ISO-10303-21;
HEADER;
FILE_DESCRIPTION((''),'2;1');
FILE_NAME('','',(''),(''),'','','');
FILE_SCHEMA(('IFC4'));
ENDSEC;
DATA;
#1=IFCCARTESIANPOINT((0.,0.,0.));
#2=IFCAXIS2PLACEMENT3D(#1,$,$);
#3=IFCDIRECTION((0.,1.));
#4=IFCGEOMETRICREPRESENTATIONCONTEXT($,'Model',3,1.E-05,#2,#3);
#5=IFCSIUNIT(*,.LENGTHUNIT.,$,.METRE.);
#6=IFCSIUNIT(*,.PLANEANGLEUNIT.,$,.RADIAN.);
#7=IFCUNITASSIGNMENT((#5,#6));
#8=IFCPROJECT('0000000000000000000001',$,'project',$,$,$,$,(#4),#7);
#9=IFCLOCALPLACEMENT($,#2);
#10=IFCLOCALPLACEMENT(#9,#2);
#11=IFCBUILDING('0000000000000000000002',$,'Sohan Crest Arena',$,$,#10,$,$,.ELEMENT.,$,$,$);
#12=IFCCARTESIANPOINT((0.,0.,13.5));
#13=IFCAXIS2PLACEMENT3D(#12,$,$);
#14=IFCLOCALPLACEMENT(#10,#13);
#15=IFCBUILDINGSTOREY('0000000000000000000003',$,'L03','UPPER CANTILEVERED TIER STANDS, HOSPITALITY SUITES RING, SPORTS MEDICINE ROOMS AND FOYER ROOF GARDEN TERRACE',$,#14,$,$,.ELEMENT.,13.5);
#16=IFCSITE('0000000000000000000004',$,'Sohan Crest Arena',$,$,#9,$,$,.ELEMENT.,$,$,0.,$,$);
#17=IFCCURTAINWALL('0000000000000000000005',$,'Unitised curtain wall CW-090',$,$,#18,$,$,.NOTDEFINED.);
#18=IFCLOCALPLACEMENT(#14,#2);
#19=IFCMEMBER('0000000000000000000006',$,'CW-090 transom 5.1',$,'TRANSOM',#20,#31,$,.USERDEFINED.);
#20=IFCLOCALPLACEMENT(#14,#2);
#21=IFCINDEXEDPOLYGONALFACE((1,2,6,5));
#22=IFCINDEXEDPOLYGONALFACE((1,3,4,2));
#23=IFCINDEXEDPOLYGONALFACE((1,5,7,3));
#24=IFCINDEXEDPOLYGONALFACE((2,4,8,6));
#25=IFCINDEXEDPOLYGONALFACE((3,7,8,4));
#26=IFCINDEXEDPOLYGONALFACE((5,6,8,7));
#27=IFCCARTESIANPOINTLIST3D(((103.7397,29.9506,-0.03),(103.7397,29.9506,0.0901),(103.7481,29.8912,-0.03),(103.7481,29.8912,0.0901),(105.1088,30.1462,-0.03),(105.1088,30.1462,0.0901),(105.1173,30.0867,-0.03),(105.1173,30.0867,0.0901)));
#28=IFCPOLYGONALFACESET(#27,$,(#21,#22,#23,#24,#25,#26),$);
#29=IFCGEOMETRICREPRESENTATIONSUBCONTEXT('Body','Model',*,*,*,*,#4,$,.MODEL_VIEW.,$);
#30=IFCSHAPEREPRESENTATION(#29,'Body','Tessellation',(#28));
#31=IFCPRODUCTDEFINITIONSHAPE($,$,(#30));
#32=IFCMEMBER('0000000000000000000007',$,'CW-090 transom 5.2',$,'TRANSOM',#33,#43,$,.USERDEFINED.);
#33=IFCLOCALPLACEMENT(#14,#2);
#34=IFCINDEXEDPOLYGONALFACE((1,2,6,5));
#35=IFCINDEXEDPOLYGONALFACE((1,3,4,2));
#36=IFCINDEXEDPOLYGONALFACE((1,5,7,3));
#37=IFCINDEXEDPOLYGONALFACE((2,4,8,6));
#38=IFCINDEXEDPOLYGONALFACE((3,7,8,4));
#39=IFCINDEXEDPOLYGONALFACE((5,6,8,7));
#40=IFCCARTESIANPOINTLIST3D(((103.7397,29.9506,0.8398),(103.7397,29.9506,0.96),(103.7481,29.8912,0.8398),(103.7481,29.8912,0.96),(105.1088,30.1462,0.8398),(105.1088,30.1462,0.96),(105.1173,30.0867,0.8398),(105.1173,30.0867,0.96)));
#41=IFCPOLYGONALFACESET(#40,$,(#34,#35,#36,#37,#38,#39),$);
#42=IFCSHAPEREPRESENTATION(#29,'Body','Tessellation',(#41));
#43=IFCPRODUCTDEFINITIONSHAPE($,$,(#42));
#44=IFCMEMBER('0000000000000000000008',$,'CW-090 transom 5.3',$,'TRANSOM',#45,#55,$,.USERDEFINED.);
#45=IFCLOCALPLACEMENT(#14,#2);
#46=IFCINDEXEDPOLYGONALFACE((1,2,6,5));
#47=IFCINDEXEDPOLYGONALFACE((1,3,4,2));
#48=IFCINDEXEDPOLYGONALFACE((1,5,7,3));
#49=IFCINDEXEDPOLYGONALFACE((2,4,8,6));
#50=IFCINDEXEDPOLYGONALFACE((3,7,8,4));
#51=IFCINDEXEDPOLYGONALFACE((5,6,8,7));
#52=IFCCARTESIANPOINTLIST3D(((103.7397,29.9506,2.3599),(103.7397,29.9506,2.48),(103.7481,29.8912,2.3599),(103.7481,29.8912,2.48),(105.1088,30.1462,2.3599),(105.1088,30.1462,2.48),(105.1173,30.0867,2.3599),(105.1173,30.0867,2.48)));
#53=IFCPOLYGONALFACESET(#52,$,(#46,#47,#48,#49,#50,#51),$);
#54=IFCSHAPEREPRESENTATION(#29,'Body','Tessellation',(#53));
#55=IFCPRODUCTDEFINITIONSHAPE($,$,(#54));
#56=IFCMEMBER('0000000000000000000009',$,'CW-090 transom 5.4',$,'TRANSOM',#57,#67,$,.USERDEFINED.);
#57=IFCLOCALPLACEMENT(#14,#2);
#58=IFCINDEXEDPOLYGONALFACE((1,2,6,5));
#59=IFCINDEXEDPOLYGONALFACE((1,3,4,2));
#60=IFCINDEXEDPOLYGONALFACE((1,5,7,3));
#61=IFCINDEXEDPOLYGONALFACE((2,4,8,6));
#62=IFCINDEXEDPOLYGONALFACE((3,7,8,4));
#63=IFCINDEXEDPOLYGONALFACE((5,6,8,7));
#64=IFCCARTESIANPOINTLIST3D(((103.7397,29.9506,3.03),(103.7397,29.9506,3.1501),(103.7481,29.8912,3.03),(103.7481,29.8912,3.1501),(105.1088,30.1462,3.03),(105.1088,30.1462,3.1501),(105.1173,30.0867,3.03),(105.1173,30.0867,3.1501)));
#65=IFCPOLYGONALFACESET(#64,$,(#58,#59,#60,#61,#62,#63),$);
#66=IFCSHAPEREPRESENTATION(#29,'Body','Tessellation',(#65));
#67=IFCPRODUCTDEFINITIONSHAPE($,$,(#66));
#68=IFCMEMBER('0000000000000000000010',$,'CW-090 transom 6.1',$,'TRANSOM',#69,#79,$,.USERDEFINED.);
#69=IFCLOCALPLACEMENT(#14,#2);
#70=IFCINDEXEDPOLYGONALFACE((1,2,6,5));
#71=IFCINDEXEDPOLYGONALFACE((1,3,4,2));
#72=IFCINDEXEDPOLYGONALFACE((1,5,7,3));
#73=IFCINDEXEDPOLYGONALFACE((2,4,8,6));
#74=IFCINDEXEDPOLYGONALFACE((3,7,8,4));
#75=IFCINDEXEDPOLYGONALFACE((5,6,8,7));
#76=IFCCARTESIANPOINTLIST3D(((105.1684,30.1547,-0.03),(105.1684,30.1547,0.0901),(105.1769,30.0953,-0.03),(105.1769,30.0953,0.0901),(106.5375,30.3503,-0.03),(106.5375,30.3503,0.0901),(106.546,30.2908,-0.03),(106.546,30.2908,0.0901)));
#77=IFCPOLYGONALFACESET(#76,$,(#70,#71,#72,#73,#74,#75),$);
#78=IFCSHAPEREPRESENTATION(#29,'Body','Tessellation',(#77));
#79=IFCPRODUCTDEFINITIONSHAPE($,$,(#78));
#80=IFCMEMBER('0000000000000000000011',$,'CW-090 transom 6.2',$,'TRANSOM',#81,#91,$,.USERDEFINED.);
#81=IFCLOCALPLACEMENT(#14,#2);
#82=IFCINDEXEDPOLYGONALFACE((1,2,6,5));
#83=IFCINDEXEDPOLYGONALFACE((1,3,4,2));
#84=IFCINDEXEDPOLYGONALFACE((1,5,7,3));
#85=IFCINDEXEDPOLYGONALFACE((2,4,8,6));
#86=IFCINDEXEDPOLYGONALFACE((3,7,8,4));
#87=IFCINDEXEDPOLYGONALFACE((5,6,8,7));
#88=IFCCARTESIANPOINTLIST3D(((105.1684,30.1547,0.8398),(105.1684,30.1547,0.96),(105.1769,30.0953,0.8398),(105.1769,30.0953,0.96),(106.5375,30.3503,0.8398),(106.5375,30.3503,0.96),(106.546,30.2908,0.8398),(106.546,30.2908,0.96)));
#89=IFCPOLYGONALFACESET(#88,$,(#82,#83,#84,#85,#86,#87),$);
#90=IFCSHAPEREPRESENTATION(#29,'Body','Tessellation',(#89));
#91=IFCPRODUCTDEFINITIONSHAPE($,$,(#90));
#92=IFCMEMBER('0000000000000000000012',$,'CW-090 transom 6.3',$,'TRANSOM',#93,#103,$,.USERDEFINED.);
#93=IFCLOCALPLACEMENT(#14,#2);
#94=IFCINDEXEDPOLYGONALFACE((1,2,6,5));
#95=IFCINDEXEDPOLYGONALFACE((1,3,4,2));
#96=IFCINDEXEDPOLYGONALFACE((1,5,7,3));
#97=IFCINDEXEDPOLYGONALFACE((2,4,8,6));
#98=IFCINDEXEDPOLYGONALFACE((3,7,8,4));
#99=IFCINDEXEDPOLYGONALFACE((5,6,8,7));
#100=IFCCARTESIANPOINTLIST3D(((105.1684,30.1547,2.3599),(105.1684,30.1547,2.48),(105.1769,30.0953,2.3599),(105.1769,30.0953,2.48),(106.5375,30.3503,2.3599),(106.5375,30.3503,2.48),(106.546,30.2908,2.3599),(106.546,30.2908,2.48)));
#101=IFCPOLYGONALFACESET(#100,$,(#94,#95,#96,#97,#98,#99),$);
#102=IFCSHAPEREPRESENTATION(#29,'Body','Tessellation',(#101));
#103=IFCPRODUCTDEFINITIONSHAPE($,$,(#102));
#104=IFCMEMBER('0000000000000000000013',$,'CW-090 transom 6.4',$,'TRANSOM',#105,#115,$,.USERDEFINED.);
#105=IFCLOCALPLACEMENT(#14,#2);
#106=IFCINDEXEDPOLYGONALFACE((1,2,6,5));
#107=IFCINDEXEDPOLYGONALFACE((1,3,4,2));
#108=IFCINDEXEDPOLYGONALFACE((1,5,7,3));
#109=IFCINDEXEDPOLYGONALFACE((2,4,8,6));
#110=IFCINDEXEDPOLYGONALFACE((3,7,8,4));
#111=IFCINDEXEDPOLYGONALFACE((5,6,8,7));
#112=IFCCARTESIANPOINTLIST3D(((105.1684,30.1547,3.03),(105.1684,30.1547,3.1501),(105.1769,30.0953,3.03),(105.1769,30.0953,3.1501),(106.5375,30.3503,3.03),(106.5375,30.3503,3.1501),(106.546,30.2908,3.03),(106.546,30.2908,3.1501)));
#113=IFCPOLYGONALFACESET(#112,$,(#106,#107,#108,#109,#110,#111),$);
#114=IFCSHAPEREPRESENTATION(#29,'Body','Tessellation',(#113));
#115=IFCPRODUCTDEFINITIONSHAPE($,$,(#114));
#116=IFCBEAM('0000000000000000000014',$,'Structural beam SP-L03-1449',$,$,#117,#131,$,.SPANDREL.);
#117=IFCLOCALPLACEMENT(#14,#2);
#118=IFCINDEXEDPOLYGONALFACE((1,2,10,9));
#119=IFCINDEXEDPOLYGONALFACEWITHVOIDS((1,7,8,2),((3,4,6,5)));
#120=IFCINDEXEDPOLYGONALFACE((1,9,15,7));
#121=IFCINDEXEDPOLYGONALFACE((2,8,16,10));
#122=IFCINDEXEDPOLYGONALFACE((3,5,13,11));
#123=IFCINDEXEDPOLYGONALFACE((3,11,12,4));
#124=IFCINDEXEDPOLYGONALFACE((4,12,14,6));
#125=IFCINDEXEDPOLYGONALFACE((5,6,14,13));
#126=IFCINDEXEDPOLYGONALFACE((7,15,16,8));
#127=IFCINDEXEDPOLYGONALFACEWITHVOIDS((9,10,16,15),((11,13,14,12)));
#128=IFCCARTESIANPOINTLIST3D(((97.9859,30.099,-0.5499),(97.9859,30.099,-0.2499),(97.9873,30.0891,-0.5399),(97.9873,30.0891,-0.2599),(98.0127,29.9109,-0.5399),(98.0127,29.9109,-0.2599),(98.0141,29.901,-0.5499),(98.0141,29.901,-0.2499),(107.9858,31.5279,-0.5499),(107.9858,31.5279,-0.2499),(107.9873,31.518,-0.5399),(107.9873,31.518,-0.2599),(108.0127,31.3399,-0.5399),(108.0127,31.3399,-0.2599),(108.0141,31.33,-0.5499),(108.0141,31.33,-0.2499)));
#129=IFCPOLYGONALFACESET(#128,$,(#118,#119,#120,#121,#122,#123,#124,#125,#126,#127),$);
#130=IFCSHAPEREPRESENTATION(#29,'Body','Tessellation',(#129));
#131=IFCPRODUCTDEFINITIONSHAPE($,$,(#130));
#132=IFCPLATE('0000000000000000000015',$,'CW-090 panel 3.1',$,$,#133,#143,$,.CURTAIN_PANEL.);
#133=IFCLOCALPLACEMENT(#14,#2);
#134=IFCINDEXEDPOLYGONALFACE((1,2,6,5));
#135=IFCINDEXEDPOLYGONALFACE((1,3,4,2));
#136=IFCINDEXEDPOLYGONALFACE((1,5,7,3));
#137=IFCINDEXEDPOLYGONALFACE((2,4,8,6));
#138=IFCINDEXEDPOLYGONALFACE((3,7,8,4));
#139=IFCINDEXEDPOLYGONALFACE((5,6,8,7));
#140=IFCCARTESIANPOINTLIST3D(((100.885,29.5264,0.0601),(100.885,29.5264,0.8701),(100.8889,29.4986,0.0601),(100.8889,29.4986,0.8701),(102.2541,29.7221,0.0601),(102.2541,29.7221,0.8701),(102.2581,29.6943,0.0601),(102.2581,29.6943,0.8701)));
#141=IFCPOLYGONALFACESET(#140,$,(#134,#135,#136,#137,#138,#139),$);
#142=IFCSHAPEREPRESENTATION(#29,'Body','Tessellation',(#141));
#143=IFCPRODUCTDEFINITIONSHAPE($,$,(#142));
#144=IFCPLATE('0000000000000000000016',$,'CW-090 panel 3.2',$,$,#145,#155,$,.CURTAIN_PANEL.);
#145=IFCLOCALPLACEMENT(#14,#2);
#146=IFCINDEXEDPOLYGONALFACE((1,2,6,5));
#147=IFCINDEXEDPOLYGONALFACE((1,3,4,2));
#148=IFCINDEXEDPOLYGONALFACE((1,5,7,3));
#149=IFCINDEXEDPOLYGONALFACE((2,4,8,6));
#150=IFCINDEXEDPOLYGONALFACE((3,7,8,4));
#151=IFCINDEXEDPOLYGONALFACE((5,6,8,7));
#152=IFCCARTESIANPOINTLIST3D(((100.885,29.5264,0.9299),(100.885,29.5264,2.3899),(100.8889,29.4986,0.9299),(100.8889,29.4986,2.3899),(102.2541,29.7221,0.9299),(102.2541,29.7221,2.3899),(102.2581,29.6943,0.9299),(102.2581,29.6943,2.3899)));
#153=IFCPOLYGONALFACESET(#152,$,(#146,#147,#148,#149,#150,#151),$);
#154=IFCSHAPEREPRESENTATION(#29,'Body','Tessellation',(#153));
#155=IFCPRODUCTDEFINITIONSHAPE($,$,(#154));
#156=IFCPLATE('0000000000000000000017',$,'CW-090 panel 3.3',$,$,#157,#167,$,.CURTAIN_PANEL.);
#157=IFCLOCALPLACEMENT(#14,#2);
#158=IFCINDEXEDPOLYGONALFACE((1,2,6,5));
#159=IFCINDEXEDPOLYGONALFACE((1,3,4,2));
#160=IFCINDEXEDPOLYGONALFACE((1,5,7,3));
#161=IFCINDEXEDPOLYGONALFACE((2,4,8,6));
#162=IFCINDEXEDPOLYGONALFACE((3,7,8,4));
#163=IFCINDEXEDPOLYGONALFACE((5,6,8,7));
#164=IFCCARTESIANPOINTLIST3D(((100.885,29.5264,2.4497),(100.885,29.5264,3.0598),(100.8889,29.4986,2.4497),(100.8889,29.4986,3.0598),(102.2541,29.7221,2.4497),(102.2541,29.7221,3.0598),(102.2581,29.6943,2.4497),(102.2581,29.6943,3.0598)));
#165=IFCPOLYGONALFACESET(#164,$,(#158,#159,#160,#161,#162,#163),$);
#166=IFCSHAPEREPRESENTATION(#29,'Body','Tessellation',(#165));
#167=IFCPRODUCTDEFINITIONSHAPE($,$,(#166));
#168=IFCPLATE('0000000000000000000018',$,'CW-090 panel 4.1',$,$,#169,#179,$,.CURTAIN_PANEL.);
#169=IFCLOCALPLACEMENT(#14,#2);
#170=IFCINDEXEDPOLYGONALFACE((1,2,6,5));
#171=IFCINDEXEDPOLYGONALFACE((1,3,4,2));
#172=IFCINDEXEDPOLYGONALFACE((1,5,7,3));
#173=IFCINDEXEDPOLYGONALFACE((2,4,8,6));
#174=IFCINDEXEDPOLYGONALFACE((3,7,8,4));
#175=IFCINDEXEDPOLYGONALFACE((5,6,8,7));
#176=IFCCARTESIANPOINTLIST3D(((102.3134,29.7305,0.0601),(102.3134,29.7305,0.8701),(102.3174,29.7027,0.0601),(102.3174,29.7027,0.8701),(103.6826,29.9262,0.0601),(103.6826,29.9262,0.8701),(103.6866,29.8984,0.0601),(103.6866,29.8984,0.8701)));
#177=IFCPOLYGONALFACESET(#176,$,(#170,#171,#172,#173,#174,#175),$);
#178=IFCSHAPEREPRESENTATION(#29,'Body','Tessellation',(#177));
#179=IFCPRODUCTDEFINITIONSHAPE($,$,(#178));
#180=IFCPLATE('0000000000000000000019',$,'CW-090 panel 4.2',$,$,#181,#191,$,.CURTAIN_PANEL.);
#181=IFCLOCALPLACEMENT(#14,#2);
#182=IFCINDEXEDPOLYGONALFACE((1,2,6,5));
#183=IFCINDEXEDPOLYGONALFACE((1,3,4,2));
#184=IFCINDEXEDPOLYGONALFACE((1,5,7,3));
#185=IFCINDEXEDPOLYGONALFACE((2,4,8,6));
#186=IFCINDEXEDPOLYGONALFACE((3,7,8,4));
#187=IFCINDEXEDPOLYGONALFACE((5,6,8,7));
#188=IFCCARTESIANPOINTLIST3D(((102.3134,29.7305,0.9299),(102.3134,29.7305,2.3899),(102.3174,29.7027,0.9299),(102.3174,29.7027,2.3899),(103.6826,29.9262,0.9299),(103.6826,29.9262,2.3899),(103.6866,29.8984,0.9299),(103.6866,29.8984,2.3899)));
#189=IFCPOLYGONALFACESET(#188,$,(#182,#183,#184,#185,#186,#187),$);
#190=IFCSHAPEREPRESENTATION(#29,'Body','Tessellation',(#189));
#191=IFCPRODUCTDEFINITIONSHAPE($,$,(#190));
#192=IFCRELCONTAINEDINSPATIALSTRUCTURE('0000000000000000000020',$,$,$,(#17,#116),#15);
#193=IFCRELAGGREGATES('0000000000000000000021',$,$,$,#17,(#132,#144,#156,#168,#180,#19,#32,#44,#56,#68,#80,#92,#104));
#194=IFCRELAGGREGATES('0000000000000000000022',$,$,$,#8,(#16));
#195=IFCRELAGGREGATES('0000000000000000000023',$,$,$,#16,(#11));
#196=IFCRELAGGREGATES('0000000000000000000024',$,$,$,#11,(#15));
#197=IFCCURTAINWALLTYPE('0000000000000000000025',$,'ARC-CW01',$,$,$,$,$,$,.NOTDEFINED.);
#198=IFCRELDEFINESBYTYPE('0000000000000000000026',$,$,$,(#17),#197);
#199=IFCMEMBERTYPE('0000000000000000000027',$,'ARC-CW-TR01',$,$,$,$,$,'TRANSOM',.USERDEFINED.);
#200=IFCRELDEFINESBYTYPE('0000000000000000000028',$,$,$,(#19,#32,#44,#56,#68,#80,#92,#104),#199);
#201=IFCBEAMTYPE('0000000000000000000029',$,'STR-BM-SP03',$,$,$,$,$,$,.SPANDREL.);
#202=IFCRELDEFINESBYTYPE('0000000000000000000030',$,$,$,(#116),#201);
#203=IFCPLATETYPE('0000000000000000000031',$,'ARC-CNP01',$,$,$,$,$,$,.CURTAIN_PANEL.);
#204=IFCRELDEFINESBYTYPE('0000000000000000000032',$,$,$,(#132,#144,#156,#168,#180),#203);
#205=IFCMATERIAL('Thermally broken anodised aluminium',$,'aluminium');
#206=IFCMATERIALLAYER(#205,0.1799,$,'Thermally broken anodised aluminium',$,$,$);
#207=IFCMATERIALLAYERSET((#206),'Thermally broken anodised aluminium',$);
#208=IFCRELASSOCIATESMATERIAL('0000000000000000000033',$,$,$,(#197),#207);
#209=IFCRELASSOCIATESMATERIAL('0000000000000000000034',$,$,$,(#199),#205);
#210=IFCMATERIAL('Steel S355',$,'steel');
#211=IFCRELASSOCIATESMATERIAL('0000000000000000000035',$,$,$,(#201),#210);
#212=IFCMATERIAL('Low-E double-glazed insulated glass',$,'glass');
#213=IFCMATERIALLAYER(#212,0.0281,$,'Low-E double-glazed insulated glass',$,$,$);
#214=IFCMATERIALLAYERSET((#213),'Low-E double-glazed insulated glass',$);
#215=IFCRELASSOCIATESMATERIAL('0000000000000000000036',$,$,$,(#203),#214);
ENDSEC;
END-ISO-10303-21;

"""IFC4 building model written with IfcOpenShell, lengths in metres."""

from ifc_helpers import new_model, si_unit, direction, frame, origin, origin_2d, place, context, subcontext, project, spatial, rectangle, hollow_rectangle, extrude, material, layer, layer_set, material_profile, profile_set, type_object, element, aggregate, save


model = new_model("IFC4")

# Units and contexts
model_context = context("Model", 3, precision=1e-05, world=origin(), true_north=direction((0.0, 1.0)))
body_context = subcontext(model_context, "Body", "Model", "MODEL_VIEW")
ifc_project = project(units=[si_unit("LENGTHUNIT", "METRE"), si_unit("PLANEANGLEUNIT", "RADIAN")], contexts=[model_context])

# Site, building, storey
site_placement = place(None, origin())
site = spatial("IfcSite", under=ifc_project, at=site_placement, Name="Sohan Crest Arena", CompositionType="ELEMENT", RefElevation=0.0)
building_placement = place(site_placement, origin())
building = spatial("IfcBuilding", under=site, at=building_placement, Name="Sohan Crest Arena", CompositionType="ELEMENT")
storey_placement = place(building_placement, frame((0.0, 0.0, 13.5)))
storey = spatial("IfcBuildingStorey", under=building, at=storey_placement, Name="L03", Description="UPPER CANTILEVERED TIER STANDS, HOSPITALITY SUITES RING, SPORTS MEDICINE ROOMS AND FOYER ROOF GARDEN TERRACE", CompositionType="ELEMENT", Elevation=13.5)

# Shared definitions
ifc_material_1 = material(Name="Steel S355", Category="steel")

# Curtain wall, members
ifc_material_2 = material(Name="Thermally broken anodised aluminium", Category="aluminium")
ifc_layer_1 = layer(ifc_material_2, 0.1799, Name="Thermally broken anodised aluminium")
ifc_layer_set_1 = layer_set([ifc_layer_1], Name="Thermally broken anodised aluminium")
curtain_wall_type_1 = type_object("IfcCurtainWallType", Name="ARC-CW01", PredefinedType="NOTDEFINED", material=ifc_layer_set_1)
curtain_wall_1_placement = place(storey_placement, origin())
curtain_wall_1 = element("IfcCurtainWall", 1, at=curtain_wall_1_placement, inside=storey, type_object=curtain_wall_type_1, Name="Unitised curtain wall CW-090", PredefinedType="NOTDEFINED")
ifc_material_profile_1 = material_profile(ifc_material_2, rectangle(XDim=0.0601, YDim=0.1201, at=origin_2d()), Name="ALU-TRAN 60x120")
ifc_profile_set_1 = profile_set([ifc_material_profile_1], Name="Thermally broken anodised aluminium")
member_type_1 = type_object("IfcMemberType", Name="ARC-CW-TR01", ElementType="TRANSOM", PredefinedType="USERDEFINED", material=ifc_profile_set_1)
member_1_placement = place(storey_placement, frame((103.7439, 29.9209, 0.03), z_axis=(0.989953, 0.141397, 0.0), x_axis=(-0.141397, 0.989953, 0.0)))
member_1 = element("IfcMember", 2, at=member_1_placement, type_object=member_type_1, Name="CW-090 transom 5.1", ObjectType="TRANSOM", PredefinedType="USERDEFINED", context=body_context, shape_type="SweptSolid", body=[
    extrude(rectangle(XDim=0.0601, YDim=0.1201, at=origin_2d()), origin(), (0.0, 0.0, 1.0), 1.3831),
])
member_2_placement = place(storey_placement, frame((103.7439, 29.9209, 0.8999), z_axis=(0.989953, 0.141397, 0.0), x_axis=(-0.141397, 0.989953, 0.0)))
member_2 = element("IfcMember", 3, at=member_2_placement, type_object=member_type_1, Name="CW-090 transom 5.2", ObjectType="TRANSOM", PredefinedType="USERDEFINED", context=body_context, shape_type="SweptSolid", body=[
    extrude(rectangle(XDim=0.0601, YDim=0.1201, at=origin_2d()), origin(), (0.0, 0.0, 1.0), 1.3831),
])
member_3_placement = place(storey_placement, frame((103.7439, 29.9209, 2.4199), z_axis=(0.989953, 0.141397, 0.0), x_axis=(-0.141397, 0.989953, 0.0)))
member_3 = element("IfcMember", 4, at=member_3_placement, type_object=member_type_1, Name="CW-090 transom 5.3", ObjectType="TRANSOM", PredefinedType="USERDEFINED", context=body_context, shape_type="SweptSolid", body=[
    extrude(rectangle(XDim=0.0601, YDim=0.1201, at=origin_2d()), origin(), (0.0, 0.0, 1.0), 1.3831),
])
member_4_placement = place(storey_placement, frame((103.7439, 29.9209, 3.0901), z_axis=(0.989953, 0.141397, 0.0), x_axis=(-0.141397, 0.989953, 0.0)))
member_4 = element("IfcMember", 5, at=member_4_placement, type_object=member_type_1, Name="CW-090 transom 5.4", ObjectType="TRANSOM", PredefinedType="USERDEFINED", context=body_context, shape_type="SweptSolid", body=[
    extrude(rectangle(XDim=0.0601, YDim=0.1201, at=origin_2d()), origin(), (0.0, 0.0, 1.0), 1.3831),
])
member_5_placement = place(storey_placement, frame((105.1726, 30.125, 0.03), z_axis=(0.989953, 0.141397, 0.0), x_axis=(-0.141397, 0.989953, 0.0)))
member_5 = element("IfcMember", 6, at=member_5_placement, type_object=member_type_1, Name="CW-090 transom 6.1", ObjectType="TRANSOM", PredefinedType="USERDEFINED", context=body_context, shape_type="SweptSolid", body=[
    extrude(rectangle(XDim=0.0601, YDim=0.1201, at=origin_2d()), origin(), (0.0, 0.0, 1.0), 1.3831),
])
member_6_placement = place(storey_placement, frame((105.1726, 30.125, 0.8999), z_axis=(0.989953, 0.141397, 0.0), x_axis=(-0.141397, 0.989953, 0.0)))
member_6 = element("IfcMember", 7, at=member_6_placement, type_object=member_type_1, Name="CW-090 transom 6.2", ObjectType="TRANSOM", PredefinedType="USERDEFINED", context=body_context, shape_type="SweptSolid", body=[
    extrude(rectangle(XDim=0.0601, YDim=0.1201, at=origin_2d()), origin(), (0.0, 0.0, 1.0), 1.3831),
])
member_7_placement = place(storey_placement, frame((105.1726, 30.125, 2.4199), z_axis=(0.989953, 0.141397, 0.0), x_axis=(-0.141397, 0.989953, 0.0)))
member_7 = element("IfcMember", 8, at=member_7_placement, type_object=member_type_1, Name="CW-090 transom 6.3", ObjectType="TRANSOM", PredefinedType="USERDEFINED", context=body_context, shape_type="SweptSolid", body=[
    extrude(rectangle(XDim=0.0601, YDim=0.1201, at=origin_2d()), origin(), (0.0, 0.0, 1.0), 1.3831),
])
member_8_placement = place(storey_placement, frame((105.1726, 30.125, 3.0901), z_axis=(0.989953, 0.141397, 0.0), x_axis=(-0.141397, 0.989953, 0.0)))
member_8 = element("IfcMember", 9, at=member_8_placement, type_object=member_type_1, Name="CW-090 transom 6.4", ObjectType="TRANSOM", PredefinedType="USERDEFINED", context=body_context, shape_type="SweptSolid", body=[
    extrude(rectangle(XDim=0.0601, YDim=0.1201, at=origin_2d()), origin(), (0.0, 0.0, 1.0), 1.3831),
])

# Beam
ifc_material_profile_2 = material_profile(ifc_material_1, hollow_rectangle(XDim=0.2, YDim=0.3, WallThickness=0.01, at=origin_2d()), Name="RHS 300x200x10")
ifc_profile_set_2 = profile_set([ifc_material_profile_2], Name="Steel S355")
beam_type = type_object("IfcBeamType", Name="STR-BM-SP03", PredefinedType="SPANDREL", material=ifc_profile_set_2)
beam_placement = place(storey_placement, frame((98.0, 30.0, -0.3999), z_axis=(0.989944, 0.141459, 0.0), x_axis=(-0.141459, 0.989944, 0.0)))
element("IfcBeam", 10, at=beam_placement, inside=storey, type_object=beam_type, Name="Structural beam SP-L03-1449", PredefinedType="SPANDREL", context=body_context, shape_type="SweptSolid", body=[
    extrude(hollow_rectangle(XDim=0.2, YDim=0.3, WallThickness=0.01, at=origin_2d()), origin(), (0.0, 0.0, 1.0), 10.1016),
])

# Plates
ifc_material_3 = material(Name="Low-E double-glazed insulated glass", Category="glass")
ifc_layer_2 = layer(ifc_material_3, 0.0281, Name="Low-E double-glazed insulated glass")
ifc_layer_set_2 = layer_set([ifc_layer_2], Name="Low-E double-glazed insulated glass")
plate_type_1 = type_object("IfcPlateType", Name="ARC-CNP01", PredefinedType="CURTAIN_PANEL", material=ifc_layer_set_2)
plate_1_placement = place(storey_placement, frame((101.5715, 29.6104, 0.0601), z_axis=(0.0, 0.0, 1.0), x_axis=(0.989944, 0.141463, 0.0)))
plate_1 = element("IfcPlate", 11, at=plate_1_placement, type_object=plate_type_1, Name="CW-090 panel 3.1", PredefinedType="CURTAIN_PANEL", context=body_context, shape_type="SweptSolid", body=[
    extrude(rectangle(XDim=1.3831, YDim=0.0281, at=origin_2d()), origin(), (0.0, 0.0, 1.0), 0.8101),
])
plate_2_placement = place(storey_placement, frame((101.5715, 29.6104, 0.9299), z_axis=(0.0, 0.0, 1.0), x_axis=(0.989944, 0.141463, 0.0)))
plate_2 = element("IfcPlate", 12, at=plate_2_placement, type_object=plate_type_1, Name="CW-090 panel 3.2", PredefinedType="CURTAIN_PANEL", context=body_context, shape_type="SweptSolid", body=[
    extrude(rectangle(XDim=1.3831, YDim=0.0281, at=origin_2d()), origin(), (0.0, 0.0, 1.0), 1.46),
])
plate_3_placement = place(storey_placement, frame((101.5715, 29.6104, 2.4497), z_axis=(0.0, 0.0, 1.0), x_axis=(0.989944, 0.141463, 0.0)))
plate_3 = element("IfcPlate", 13, at=plate_3_placement, type_object=plate_type_1, Name="CW-090 panel 3.3", PredefinedType="CURTAIN_PANEL", context=body_context, shape_type="SweptSolid", body=[
    extrude(rectangle(XDim=1.3831, YDim=0.0281, at=origin_2d()), origin(), (0.0, 0.0, 1.0), 0.6101),
])
plate_4_placement = place(storey_placement, frame((103.0, 29.8145, 0.0601), z_axis=(0.0, 0.0, 1.0), x_axis=(0.989944, 0.141463, 0.0)))
plate_4 = element("IfcPlate", 14, at=plate_4_placement, type_object=plate_type_1, Name="CW-090 panel 4.1", PredefinedType="CURTAIN_PANEL", context=body_context, shape_type="SweptSolid", body=[
    extrude(rectangle(XDim=1.3831, YDim=0.0281, at=origin_2d()), origin(), (0.0, 0.0, 1.0), 0.8101),
])
plate_5_placement = place(storey_placement, frame((103.0, 29.8145, 0.9299), z_axis=(0.0, 0.0, 1.0), x_axis=(0.989944, 0.141463, 0.0)))
plate_5 = element("IfcPlate", 15, at=plate_5_placement, type_object=plate_type_1, Name="CW-090 panel 4.2", PredefinedType="CURTAIN_PANEL", context=body_context, shape_type="SweptSolid", body=[
    extrude(rectangle(XDim=1.3831, YDim=0.0281, at=origin_2d()), origin(), (0.0, 0.0, 1.0), 1.46),
])
aggregate(curtain_wall_1, [plate_1, plate_2, plate_3, plate_4, plate_5, member_1, member_2, member_3, member_4, member_5, member_6, member_7, member_8])

save(model, "model.ifc")
